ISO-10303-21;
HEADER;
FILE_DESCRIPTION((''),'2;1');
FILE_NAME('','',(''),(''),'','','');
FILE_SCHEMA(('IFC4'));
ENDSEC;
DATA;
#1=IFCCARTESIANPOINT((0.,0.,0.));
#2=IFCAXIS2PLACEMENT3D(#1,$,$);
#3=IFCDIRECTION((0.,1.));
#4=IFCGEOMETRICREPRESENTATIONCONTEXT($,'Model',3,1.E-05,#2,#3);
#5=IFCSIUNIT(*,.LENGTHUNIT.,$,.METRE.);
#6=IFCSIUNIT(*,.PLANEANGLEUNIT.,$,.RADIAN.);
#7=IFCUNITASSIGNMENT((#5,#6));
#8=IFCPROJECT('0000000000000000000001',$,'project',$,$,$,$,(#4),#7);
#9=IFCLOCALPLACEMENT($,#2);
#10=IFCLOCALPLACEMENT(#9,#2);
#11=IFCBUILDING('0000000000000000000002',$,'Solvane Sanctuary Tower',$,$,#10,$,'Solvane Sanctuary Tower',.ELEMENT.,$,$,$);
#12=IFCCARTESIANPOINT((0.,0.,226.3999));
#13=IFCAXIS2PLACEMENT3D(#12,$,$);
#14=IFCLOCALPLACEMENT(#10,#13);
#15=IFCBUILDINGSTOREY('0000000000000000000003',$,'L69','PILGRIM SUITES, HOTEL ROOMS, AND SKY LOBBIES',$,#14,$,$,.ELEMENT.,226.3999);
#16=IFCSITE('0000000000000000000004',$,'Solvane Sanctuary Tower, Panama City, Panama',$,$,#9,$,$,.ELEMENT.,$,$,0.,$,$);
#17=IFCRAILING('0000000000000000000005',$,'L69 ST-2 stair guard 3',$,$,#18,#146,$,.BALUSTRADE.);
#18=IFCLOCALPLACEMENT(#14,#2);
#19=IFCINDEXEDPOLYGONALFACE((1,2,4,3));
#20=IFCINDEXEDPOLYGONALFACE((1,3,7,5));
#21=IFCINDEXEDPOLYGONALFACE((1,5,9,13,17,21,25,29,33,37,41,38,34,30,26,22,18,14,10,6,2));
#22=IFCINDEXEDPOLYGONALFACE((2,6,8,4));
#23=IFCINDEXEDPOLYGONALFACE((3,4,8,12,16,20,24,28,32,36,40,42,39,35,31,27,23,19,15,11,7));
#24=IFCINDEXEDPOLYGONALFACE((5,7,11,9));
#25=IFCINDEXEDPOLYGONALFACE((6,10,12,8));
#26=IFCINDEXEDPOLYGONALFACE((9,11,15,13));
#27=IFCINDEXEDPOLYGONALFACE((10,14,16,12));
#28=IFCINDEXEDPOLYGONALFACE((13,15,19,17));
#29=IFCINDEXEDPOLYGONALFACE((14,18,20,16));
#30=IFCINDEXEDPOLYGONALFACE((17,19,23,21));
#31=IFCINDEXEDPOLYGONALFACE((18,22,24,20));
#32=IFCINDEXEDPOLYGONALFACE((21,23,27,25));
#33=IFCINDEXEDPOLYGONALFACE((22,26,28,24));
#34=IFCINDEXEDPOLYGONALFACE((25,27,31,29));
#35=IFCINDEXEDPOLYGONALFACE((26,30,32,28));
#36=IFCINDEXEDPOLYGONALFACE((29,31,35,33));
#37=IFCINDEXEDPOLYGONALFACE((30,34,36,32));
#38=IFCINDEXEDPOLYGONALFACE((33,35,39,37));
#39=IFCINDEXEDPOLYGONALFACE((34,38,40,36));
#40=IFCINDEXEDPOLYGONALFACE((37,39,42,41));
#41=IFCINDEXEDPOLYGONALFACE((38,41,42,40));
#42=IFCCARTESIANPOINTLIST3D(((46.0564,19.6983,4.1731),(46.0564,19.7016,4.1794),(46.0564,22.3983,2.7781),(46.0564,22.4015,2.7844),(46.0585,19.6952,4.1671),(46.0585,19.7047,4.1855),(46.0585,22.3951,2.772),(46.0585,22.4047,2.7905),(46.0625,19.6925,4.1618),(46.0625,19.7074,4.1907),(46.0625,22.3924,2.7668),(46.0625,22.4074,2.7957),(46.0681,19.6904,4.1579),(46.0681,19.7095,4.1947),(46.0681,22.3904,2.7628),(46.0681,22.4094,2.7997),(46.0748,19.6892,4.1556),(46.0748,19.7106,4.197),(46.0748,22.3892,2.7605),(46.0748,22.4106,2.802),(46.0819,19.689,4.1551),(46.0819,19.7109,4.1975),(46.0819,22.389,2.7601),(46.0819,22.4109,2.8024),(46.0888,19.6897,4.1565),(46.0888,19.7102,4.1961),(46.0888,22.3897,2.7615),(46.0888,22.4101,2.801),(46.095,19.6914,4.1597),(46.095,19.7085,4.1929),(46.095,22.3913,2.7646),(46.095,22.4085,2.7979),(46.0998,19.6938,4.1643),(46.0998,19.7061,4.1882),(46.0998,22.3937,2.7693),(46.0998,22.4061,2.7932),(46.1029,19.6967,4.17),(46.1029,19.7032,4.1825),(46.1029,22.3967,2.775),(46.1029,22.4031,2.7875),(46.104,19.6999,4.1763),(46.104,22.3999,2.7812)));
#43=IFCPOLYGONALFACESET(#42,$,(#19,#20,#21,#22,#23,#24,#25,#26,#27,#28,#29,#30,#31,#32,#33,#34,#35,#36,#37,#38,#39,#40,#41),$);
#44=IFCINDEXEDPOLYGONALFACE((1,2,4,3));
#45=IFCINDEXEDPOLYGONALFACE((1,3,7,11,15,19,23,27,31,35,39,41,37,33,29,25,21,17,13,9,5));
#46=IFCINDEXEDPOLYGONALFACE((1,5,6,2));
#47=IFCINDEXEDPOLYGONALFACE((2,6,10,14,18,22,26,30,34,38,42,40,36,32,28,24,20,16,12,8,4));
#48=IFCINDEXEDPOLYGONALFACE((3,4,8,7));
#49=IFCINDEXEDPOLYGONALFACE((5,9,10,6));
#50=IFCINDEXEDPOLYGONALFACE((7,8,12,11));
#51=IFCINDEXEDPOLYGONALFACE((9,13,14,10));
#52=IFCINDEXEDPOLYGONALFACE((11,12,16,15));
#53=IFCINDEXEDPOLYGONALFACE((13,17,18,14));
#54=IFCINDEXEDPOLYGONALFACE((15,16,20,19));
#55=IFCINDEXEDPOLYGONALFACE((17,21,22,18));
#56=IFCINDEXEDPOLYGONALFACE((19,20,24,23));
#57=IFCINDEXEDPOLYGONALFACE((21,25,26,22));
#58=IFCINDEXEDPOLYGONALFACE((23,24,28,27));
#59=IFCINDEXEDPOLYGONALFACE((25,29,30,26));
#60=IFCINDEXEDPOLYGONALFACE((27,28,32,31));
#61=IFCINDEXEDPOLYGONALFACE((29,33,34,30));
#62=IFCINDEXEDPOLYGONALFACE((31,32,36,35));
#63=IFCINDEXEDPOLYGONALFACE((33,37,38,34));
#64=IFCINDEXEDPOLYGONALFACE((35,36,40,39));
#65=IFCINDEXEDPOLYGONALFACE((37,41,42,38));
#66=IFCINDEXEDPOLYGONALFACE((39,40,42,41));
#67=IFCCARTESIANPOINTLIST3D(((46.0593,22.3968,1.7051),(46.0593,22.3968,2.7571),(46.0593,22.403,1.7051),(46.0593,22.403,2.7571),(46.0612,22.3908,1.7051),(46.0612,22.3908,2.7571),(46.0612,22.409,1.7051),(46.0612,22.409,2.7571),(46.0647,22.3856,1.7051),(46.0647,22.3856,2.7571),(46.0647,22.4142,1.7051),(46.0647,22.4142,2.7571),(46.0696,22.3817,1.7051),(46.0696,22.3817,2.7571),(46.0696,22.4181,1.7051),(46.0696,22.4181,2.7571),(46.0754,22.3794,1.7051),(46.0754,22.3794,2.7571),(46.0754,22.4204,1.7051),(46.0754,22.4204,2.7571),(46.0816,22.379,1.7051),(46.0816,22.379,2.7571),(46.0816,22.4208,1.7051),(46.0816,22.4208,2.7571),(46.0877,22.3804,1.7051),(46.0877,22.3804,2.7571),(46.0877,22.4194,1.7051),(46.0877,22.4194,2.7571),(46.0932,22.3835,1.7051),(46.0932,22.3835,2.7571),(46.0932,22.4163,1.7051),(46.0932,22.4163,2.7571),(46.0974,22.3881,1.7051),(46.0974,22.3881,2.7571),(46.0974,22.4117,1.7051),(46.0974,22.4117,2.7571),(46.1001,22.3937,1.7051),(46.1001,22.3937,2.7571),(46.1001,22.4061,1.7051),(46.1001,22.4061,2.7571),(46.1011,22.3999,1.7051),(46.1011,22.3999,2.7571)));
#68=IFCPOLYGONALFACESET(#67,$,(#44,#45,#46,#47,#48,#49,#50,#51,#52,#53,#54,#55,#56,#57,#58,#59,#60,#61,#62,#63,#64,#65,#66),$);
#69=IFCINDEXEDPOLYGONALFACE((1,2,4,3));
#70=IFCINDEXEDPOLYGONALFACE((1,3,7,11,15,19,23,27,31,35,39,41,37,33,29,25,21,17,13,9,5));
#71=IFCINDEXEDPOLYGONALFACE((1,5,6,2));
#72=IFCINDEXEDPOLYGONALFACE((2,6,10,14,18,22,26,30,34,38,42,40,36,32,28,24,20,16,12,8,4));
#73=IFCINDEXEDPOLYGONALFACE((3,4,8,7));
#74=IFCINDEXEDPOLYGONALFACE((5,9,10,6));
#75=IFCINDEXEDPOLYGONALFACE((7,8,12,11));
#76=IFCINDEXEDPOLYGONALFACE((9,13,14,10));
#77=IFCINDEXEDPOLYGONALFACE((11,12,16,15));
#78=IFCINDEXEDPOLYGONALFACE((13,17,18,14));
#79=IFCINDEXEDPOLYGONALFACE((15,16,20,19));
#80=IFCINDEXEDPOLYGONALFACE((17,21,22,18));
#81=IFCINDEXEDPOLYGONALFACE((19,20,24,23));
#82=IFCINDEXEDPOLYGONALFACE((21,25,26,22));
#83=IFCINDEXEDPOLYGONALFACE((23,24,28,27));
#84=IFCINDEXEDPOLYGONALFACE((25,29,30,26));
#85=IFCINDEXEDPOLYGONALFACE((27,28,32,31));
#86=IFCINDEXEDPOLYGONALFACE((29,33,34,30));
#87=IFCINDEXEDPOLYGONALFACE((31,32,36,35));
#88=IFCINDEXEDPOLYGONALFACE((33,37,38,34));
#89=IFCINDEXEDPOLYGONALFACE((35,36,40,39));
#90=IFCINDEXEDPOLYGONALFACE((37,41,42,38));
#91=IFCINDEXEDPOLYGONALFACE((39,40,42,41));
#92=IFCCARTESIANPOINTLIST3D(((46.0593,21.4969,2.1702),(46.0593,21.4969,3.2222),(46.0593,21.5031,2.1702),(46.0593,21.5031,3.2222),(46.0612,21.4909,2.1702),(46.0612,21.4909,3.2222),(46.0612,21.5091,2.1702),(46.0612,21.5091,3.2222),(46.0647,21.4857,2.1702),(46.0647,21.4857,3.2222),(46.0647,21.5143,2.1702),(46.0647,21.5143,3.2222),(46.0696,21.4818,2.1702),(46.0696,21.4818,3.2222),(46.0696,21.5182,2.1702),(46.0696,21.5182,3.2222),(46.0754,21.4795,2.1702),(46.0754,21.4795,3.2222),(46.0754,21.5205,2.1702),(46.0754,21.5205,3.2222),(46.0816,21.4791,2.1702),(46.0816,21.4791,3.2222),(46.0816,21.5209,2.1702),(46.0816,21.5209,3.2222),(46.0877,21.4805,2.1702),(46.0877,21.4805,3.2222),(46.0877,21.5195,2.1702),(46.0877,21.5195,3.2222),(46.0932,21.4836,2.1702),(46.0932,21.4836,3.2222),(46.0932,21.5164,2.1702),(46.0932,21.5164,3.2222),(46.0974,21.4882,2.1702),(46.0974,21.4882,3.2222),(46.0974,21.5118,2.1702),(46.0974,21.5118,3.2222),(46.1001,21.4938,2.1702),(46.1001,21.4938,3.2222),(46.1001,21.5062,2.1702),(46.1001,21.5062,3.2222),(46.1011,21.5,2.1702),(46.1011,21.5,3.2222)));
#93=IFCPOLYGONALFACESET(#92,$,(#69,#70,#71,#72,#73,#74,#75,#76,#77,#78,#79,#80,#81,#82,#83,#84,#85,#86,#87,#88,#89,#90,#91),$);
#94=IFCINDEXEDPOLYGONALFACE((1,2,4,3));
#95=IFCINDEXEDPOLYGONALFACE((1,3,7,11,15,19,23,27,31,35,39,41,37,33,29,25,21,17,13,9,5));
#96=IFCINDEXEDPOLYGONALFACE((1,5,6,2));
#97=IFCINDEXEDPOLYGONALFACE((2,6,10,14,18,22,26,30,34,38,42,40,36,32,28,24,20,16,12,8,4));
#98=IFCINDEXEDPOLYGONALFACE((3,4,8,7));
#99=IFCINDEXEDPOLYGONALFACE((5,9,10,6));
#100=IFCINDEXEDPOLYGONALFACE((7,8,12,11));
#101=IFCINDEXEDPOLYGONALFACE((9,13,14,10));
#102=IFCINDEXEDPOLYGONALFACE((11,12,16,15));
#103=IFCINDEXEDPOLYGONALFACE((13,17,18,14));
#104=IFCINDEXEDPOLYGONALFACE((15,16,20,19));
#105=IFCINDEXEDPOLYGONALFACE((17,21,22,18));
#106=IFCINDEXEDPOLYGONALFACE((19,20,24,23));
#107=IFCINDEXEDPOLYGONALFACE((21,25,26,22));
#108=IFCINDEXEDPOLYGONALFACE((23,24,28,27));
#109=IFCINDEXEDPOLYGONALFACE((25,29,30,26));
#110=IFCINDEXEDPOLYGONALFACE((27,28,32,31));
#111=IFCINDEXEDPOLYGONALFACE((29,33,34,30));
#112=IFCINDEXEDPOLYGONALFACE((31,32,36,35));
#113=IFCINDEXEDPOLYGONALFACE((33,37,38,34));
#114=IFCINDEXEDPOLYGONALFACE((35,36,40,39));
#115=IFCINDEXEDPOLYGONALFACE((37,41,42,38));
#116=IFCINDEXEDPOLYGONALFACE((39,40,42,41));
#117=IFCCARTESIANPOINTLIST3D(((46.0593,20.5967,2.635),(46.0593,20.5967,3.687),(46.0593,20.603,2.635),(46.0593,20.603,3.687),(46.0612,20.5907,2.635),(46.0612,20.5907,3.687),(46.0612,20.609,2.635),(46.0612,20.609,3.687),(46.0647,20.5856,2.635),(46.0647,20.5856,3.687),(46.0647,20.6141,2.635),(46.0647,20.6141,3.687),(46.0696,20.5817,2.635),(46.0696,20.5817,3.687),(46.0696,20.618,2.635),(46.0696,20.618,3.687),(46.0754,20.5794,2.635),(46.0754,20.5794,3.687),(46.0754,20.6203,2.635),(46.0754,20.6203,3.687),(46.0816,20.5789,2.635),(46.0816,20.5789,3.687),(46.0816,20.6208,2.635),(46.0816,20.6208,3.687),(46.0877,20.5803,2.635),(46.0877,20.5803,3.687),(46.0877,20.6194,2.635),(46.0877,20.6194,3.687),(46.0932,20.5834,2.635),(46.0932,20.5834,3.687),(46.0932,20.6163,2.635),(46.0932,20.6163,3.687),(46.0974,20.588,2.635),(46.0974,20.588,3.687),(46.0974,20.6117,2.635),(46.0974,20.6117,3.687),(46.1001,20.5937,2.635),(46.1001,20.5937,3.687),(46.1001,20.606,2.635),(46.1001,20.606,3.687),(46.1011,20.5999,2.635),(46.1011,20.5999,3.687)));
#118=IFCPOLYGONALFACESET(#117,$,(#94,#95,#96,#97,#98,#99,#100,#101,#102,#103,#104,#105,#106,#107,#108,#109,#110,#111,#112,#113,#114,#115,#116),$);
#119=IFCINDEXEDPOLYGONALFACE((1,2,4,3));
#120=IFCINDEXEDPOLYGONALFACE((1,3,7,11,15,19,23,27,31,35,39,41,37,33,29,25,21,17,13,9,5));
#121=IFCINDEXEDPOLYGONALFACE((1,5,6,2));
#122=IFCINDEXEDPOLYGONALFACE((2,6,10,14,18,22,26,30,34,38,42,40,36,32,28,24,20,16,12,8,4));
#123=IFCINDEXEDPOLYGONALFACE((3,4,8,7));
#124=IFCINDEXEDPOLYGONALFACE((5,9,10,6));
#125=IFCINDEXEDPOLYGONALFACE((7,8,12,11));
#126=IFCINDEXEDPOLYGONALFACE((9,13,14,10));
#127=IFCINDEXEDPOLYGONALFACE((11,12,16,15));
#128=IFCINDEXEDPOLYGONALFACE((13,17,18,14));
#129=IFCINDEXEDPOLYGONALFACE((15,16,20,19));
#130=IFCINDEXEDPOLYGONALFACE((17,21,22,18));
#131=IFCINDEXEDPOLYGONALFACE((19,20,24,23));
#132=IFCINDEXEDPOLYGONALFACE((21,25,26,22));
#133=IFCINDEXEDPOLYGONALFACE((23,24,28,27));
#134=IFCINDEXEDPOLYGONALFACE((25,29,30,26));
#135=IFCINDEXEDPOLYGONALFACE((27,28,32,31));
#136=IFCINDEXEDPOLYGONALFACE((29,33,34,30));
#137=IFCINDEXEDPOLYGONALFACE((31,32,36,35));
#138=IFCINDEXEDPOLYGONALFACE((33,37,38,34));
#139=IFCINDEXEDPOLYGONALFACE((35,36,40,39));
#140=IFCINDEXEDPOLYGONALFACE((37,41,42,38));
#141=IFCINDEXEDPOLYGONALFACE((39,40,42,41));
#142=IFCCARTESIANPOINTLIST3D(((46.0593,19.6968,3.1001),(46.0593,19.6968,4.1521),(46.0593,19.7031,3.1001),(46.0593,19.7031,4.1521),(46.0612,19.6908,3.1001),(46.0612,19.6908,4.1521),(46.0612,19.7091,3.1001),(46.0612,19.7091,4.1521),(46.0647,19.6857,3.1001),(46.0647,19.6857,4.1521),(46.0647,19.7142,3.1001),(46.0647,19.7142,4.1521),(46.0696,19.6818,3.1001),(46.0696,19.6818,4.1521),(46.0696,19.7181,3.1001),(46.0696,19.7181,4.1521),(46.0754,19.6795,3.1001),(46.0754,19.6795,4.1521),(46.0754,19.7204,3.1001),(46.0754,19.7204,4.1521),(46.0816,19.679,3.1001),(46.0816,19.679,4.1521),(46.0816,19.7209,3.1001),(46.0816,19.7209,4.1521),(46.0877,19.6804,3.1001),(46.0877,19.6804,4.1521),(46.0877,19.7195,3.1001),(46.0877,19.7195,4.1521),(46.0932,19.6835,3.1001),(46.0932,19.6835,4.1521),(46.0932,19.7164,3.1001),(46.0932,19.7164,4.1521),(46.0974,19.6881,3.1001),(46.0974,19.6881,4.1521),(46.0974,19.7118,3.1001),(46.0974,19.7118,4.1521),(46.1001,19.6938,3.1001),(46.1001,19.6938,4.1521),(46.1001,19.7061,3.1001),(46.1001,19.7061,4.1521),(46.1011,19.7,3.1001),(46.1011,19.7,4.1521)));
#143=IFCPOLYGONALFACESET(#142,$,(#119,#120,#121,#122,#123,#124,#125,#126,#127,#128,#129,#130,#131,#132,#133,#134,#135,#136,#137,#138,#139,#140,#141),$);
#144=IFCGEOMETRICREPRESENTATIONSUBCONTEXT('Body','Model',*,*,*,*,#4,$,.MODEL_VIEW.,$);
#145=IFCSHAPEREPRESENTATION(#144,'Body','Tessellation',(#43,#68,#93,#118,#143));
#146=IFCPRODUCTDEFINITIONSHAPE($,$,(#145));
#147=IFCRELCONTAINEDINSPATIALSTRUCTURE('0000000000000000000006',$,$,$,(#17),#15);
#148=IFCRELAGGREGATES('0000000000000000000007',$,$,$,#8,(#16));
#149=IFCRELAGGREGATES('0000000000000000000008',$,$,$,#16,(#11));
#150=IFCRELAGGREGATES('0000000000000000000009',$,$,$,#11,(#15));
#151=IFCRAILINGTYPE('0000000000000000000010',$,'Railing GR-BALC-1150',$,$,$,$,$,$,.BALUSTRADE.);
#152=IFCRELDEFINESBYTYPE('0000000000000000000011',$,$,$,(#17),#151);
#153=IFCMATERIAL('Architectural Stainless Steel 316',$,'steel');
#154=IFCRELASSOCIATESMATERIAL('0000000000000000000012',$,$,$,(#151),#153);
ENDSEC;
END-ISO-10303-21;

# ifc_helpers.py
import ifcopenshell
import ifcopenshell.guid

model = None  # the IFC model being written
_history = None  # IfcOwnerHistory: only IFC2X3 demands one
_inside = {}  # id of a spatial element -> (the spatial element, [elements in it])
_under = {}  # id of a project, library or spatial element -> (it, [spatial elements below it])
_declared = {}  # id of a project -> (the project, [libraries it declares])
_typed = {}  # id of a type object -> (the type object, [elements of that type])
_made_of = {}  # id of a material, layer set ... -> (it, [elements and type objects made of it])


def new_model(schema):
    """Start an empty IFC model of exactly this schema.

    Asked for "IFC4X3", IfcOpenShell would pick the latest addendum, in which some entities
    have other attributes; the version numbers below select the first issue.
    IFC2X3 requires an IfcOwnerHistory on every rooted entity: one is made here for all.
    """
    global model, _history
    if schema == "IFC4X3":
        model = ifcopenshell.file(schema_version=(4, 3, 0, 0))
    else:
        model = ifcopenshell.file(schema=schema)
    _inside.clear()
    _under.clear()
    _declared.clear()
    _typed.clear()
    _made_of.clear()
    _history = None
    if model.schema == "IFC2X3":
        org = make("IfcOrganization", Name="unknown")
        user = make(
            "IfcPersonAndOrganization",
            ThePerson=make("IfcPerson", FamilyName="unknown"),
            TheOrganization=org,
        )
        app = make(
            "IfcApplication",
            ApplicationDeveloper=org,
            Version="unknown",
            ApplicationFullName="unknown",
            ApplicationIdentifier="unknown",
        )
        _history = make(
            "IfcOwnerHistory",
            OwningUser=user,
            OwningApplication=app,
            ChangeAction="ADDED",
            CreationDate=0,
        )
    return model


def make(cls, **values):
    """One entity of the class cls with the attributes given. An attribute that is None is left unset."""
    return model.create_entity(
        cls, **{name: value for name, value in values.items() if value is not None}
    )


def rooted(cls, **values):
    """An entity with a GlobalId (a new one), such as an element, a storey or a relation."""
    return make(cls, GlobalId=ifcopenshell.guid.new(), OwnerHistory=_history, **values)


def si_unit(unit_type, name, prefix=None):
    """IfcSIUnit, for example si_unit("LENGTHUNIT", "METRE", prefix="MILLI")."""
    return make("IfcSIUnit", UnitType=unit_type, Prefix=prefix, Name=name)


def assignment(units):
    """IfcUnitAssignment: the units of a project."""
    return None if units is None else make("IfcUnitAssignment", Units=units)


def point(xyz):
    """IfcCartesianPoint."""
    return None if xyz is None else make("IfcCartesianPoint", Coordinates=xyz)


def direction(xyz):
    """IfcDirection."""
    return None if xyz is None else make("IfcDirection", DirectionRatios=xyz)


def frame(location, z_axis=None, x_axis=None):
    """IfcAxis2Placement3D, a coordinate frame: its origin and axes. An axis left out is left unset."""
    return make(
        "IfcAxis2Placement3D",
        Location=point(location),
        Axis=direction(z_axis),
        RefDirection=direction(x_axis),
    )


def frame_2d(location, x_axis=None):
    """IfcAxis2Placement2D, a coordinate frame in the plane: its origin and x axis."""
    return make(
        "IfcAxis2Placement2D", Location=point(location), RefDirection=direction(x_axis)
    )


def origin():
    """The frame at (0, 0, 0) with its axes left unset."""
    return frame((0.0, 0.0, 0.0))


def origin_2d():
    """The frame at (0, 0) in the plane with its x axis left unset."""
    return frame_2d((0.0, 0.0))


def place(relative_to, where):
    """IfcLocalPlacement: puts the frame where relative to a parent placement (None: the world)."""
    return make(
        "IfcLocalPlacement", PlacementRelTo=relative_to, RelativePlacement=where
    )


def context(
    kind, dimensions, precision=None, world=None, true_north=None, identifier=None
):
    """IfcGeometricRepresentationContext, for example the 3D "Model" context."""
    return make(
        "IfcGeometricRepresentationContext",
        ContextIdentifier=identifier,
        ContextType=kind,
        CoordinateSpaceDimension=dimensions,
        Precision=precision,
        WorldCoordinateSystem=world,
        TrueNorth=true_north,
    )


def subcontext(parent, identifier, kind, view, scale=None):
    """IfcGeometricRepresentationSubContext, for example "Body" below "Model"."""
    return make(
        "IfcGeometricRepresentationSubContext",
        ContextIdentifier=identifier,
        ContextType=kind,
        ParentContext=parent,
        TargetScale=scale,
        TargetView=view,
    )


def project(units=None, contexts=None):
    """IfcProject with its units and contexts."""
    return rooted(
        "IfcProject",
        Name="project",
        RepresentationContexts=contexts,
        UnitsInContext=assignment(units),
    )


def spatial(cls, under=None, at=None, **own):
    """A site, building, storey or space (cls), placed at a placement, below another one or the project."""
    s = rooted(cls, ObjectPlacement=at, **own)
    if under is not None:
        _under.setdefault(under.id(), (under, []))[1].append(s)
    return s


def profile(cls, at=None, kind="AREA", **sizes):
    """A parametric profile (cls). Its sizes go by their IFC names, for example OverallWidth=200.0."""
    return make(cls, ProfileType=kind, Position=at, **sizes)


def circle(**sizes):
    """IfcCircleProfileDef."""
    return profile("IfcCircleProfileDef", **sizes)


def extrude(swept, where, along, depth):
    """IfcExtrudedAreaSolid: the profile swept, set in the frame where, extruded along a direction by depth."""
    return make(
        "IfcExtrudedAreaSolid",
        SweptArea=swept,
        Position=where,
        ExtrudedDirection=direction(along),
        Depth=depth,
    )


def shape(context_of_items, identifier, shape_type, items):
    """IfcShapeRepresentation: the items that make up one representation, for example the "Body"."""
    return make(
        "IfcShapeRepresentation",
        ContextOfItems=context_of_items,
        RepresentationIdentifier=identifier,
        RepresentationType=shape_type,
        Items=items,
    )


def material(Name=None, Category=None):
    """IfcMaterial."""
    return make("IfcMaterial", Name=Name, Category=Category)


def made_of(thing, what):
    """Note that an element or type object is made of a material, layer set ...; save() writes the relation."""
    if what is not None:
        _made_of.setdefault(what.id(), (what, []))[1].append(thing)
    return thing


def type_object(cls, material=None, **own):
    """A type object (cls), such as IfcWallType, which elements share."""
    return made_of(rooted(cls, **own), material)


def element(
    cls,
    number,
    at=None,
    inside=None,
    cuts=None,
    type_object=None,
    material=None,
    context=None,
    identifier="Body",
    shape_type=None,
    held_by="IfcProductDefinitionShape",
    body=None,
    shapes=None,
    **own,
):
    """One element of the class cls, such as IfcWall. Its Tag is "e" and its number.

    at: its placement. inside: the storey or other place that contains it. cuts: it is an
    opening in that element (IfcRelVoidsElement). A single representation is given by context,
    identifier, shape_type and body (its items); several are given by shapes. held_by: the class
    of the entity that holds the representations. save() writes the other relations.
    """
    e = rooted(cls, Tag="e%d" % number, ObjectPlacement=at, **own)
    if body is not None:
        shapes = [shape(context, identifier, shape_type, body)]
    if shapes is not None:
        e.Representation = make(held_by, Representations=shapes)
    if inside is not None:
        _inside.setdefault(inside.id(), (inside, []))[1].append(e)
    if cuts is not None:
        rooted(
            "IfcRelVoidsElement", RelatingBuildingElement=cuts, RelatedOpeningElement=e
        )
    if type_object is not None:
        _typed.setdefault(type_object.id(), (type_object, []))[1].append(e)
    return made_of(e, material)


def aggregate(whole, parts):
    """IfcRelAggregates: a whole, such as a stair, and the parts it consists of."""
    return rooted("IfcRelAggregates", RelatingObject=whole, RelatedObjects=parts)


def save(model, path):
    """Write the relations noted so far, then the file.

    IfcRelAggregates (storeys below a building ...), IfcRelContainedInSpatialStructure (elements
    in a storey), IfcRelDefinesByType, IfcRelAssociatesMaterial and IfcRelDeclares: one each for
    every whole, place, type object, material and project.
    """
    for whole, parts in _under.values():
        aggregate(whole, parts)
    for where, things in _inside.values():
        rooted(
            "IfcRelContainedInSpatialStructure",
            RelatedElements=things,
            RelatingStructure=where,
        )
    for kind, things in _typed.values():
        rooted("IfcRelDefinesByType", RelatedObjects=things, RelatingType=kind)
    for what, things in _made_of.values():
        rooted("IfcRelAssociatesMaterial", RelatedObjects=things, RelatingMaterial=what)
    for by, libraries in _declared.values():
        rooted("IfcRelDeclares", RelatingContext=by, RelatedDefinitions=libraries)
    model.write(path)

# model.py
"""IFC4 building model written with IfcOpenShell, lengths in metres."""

from ifc_helpers import new_model, si_unit, direction, frame, origin, origin_2d, place, context, subcontext, project, spatial, circle, extrude, material, type_object, element, save


model = new_model("IFC4")

# Units and contexts
model_context = context("Model", 3, precision=1e-05, world=origin(), true_north=direction((0.0, 1.0)))
body_context = subcontext(model_context, "Body", "Model", "MODEL_VIEW")
ifc_project = project(units=[si_unit("LENGTHUNIT", "METRE"), si_unit("PLANEANGLEUNIT", "RADIAN")], contexts=[model_context])

# Site, building, storey
site_placement = place(None, origin())
site = spatial("IfcSite", under=ifc_project, at=site_placement, Name="Solvane Sanctuary Tower, Panama City, Panama", CompositionType="ELEMENT", RefElevation=0.0)
building_placement = place(site_placement, origin())
building = spatial("IfcBuilding", under=site, at=building_placement, Name="Solvane Sanctuary Tower", LongName="Solvane Sanctuary Tower", CompositionType="ELEMENT")
storey_placement = place(building_placement, frame((0.0, 0.0, 226.3999)))
storey = spatial("IfcBuildingStorey", under=building, at=storey_placement, Name="L69", Description="PILGRIM SUITES, HOTEL ROOMS, AND SKY LOBBIES", CompositionType="ELEMENT", Elevation=226.3999)

# Shared definitions
ifc_material_1 = material(Name="Architectural Stainless Steel 316", Category="steel")

# Railing
railing_type_1 = type_object("IfcRailingType", Name="Railing GR-BALC-1150", PredefinedType="BALUSTRADE", material=ifc_material_1)
railing_1_placement = place(storey_placement, frame((46.0801, 22.3999, 1.7051)))
element("IfcRailing", 1, at=railing_1_placement, inside=storey, type_object=railing_type_1, Name="L69 ST-2 stair guard 3", PredefinedType="BALUSTRADE", context=body_context, shape_type="SweptSolid", body=[
    extrude(circle(Radius=0.0239, at=origin_2d()), frame((0.0, 0.0, 1.0762), z_axis=(0.0, -0.88842, 0.459032), x_axis=(1.0, 0.0, 0.0)), (0.0, 0.0, 1.0), 3.0391),
    extrude(circle(Radius=0.021, at=origin_2d()), origin(), (0.0, 0.0, 1.0), 1.052),
    extrude(circle(Radius=0.021, at=origin_2d()), frame((0.0, -0.8999, 0.4651)), (0.0, 0.0, 1.0), 1.052),
    extrude(circle(Radius=0.021, at=origin_2d()), frame((0.0, -1.8, 0.9299)), (0.0, 0.0, 1.0), 1.052),
    extrude(circle(Radius=0.021, at=origin_2d()), frame((0.0, -2.7, 1.395)), (0.0, 0.0, 1.0), 1.052),
])

save(model, "model.ifc")
